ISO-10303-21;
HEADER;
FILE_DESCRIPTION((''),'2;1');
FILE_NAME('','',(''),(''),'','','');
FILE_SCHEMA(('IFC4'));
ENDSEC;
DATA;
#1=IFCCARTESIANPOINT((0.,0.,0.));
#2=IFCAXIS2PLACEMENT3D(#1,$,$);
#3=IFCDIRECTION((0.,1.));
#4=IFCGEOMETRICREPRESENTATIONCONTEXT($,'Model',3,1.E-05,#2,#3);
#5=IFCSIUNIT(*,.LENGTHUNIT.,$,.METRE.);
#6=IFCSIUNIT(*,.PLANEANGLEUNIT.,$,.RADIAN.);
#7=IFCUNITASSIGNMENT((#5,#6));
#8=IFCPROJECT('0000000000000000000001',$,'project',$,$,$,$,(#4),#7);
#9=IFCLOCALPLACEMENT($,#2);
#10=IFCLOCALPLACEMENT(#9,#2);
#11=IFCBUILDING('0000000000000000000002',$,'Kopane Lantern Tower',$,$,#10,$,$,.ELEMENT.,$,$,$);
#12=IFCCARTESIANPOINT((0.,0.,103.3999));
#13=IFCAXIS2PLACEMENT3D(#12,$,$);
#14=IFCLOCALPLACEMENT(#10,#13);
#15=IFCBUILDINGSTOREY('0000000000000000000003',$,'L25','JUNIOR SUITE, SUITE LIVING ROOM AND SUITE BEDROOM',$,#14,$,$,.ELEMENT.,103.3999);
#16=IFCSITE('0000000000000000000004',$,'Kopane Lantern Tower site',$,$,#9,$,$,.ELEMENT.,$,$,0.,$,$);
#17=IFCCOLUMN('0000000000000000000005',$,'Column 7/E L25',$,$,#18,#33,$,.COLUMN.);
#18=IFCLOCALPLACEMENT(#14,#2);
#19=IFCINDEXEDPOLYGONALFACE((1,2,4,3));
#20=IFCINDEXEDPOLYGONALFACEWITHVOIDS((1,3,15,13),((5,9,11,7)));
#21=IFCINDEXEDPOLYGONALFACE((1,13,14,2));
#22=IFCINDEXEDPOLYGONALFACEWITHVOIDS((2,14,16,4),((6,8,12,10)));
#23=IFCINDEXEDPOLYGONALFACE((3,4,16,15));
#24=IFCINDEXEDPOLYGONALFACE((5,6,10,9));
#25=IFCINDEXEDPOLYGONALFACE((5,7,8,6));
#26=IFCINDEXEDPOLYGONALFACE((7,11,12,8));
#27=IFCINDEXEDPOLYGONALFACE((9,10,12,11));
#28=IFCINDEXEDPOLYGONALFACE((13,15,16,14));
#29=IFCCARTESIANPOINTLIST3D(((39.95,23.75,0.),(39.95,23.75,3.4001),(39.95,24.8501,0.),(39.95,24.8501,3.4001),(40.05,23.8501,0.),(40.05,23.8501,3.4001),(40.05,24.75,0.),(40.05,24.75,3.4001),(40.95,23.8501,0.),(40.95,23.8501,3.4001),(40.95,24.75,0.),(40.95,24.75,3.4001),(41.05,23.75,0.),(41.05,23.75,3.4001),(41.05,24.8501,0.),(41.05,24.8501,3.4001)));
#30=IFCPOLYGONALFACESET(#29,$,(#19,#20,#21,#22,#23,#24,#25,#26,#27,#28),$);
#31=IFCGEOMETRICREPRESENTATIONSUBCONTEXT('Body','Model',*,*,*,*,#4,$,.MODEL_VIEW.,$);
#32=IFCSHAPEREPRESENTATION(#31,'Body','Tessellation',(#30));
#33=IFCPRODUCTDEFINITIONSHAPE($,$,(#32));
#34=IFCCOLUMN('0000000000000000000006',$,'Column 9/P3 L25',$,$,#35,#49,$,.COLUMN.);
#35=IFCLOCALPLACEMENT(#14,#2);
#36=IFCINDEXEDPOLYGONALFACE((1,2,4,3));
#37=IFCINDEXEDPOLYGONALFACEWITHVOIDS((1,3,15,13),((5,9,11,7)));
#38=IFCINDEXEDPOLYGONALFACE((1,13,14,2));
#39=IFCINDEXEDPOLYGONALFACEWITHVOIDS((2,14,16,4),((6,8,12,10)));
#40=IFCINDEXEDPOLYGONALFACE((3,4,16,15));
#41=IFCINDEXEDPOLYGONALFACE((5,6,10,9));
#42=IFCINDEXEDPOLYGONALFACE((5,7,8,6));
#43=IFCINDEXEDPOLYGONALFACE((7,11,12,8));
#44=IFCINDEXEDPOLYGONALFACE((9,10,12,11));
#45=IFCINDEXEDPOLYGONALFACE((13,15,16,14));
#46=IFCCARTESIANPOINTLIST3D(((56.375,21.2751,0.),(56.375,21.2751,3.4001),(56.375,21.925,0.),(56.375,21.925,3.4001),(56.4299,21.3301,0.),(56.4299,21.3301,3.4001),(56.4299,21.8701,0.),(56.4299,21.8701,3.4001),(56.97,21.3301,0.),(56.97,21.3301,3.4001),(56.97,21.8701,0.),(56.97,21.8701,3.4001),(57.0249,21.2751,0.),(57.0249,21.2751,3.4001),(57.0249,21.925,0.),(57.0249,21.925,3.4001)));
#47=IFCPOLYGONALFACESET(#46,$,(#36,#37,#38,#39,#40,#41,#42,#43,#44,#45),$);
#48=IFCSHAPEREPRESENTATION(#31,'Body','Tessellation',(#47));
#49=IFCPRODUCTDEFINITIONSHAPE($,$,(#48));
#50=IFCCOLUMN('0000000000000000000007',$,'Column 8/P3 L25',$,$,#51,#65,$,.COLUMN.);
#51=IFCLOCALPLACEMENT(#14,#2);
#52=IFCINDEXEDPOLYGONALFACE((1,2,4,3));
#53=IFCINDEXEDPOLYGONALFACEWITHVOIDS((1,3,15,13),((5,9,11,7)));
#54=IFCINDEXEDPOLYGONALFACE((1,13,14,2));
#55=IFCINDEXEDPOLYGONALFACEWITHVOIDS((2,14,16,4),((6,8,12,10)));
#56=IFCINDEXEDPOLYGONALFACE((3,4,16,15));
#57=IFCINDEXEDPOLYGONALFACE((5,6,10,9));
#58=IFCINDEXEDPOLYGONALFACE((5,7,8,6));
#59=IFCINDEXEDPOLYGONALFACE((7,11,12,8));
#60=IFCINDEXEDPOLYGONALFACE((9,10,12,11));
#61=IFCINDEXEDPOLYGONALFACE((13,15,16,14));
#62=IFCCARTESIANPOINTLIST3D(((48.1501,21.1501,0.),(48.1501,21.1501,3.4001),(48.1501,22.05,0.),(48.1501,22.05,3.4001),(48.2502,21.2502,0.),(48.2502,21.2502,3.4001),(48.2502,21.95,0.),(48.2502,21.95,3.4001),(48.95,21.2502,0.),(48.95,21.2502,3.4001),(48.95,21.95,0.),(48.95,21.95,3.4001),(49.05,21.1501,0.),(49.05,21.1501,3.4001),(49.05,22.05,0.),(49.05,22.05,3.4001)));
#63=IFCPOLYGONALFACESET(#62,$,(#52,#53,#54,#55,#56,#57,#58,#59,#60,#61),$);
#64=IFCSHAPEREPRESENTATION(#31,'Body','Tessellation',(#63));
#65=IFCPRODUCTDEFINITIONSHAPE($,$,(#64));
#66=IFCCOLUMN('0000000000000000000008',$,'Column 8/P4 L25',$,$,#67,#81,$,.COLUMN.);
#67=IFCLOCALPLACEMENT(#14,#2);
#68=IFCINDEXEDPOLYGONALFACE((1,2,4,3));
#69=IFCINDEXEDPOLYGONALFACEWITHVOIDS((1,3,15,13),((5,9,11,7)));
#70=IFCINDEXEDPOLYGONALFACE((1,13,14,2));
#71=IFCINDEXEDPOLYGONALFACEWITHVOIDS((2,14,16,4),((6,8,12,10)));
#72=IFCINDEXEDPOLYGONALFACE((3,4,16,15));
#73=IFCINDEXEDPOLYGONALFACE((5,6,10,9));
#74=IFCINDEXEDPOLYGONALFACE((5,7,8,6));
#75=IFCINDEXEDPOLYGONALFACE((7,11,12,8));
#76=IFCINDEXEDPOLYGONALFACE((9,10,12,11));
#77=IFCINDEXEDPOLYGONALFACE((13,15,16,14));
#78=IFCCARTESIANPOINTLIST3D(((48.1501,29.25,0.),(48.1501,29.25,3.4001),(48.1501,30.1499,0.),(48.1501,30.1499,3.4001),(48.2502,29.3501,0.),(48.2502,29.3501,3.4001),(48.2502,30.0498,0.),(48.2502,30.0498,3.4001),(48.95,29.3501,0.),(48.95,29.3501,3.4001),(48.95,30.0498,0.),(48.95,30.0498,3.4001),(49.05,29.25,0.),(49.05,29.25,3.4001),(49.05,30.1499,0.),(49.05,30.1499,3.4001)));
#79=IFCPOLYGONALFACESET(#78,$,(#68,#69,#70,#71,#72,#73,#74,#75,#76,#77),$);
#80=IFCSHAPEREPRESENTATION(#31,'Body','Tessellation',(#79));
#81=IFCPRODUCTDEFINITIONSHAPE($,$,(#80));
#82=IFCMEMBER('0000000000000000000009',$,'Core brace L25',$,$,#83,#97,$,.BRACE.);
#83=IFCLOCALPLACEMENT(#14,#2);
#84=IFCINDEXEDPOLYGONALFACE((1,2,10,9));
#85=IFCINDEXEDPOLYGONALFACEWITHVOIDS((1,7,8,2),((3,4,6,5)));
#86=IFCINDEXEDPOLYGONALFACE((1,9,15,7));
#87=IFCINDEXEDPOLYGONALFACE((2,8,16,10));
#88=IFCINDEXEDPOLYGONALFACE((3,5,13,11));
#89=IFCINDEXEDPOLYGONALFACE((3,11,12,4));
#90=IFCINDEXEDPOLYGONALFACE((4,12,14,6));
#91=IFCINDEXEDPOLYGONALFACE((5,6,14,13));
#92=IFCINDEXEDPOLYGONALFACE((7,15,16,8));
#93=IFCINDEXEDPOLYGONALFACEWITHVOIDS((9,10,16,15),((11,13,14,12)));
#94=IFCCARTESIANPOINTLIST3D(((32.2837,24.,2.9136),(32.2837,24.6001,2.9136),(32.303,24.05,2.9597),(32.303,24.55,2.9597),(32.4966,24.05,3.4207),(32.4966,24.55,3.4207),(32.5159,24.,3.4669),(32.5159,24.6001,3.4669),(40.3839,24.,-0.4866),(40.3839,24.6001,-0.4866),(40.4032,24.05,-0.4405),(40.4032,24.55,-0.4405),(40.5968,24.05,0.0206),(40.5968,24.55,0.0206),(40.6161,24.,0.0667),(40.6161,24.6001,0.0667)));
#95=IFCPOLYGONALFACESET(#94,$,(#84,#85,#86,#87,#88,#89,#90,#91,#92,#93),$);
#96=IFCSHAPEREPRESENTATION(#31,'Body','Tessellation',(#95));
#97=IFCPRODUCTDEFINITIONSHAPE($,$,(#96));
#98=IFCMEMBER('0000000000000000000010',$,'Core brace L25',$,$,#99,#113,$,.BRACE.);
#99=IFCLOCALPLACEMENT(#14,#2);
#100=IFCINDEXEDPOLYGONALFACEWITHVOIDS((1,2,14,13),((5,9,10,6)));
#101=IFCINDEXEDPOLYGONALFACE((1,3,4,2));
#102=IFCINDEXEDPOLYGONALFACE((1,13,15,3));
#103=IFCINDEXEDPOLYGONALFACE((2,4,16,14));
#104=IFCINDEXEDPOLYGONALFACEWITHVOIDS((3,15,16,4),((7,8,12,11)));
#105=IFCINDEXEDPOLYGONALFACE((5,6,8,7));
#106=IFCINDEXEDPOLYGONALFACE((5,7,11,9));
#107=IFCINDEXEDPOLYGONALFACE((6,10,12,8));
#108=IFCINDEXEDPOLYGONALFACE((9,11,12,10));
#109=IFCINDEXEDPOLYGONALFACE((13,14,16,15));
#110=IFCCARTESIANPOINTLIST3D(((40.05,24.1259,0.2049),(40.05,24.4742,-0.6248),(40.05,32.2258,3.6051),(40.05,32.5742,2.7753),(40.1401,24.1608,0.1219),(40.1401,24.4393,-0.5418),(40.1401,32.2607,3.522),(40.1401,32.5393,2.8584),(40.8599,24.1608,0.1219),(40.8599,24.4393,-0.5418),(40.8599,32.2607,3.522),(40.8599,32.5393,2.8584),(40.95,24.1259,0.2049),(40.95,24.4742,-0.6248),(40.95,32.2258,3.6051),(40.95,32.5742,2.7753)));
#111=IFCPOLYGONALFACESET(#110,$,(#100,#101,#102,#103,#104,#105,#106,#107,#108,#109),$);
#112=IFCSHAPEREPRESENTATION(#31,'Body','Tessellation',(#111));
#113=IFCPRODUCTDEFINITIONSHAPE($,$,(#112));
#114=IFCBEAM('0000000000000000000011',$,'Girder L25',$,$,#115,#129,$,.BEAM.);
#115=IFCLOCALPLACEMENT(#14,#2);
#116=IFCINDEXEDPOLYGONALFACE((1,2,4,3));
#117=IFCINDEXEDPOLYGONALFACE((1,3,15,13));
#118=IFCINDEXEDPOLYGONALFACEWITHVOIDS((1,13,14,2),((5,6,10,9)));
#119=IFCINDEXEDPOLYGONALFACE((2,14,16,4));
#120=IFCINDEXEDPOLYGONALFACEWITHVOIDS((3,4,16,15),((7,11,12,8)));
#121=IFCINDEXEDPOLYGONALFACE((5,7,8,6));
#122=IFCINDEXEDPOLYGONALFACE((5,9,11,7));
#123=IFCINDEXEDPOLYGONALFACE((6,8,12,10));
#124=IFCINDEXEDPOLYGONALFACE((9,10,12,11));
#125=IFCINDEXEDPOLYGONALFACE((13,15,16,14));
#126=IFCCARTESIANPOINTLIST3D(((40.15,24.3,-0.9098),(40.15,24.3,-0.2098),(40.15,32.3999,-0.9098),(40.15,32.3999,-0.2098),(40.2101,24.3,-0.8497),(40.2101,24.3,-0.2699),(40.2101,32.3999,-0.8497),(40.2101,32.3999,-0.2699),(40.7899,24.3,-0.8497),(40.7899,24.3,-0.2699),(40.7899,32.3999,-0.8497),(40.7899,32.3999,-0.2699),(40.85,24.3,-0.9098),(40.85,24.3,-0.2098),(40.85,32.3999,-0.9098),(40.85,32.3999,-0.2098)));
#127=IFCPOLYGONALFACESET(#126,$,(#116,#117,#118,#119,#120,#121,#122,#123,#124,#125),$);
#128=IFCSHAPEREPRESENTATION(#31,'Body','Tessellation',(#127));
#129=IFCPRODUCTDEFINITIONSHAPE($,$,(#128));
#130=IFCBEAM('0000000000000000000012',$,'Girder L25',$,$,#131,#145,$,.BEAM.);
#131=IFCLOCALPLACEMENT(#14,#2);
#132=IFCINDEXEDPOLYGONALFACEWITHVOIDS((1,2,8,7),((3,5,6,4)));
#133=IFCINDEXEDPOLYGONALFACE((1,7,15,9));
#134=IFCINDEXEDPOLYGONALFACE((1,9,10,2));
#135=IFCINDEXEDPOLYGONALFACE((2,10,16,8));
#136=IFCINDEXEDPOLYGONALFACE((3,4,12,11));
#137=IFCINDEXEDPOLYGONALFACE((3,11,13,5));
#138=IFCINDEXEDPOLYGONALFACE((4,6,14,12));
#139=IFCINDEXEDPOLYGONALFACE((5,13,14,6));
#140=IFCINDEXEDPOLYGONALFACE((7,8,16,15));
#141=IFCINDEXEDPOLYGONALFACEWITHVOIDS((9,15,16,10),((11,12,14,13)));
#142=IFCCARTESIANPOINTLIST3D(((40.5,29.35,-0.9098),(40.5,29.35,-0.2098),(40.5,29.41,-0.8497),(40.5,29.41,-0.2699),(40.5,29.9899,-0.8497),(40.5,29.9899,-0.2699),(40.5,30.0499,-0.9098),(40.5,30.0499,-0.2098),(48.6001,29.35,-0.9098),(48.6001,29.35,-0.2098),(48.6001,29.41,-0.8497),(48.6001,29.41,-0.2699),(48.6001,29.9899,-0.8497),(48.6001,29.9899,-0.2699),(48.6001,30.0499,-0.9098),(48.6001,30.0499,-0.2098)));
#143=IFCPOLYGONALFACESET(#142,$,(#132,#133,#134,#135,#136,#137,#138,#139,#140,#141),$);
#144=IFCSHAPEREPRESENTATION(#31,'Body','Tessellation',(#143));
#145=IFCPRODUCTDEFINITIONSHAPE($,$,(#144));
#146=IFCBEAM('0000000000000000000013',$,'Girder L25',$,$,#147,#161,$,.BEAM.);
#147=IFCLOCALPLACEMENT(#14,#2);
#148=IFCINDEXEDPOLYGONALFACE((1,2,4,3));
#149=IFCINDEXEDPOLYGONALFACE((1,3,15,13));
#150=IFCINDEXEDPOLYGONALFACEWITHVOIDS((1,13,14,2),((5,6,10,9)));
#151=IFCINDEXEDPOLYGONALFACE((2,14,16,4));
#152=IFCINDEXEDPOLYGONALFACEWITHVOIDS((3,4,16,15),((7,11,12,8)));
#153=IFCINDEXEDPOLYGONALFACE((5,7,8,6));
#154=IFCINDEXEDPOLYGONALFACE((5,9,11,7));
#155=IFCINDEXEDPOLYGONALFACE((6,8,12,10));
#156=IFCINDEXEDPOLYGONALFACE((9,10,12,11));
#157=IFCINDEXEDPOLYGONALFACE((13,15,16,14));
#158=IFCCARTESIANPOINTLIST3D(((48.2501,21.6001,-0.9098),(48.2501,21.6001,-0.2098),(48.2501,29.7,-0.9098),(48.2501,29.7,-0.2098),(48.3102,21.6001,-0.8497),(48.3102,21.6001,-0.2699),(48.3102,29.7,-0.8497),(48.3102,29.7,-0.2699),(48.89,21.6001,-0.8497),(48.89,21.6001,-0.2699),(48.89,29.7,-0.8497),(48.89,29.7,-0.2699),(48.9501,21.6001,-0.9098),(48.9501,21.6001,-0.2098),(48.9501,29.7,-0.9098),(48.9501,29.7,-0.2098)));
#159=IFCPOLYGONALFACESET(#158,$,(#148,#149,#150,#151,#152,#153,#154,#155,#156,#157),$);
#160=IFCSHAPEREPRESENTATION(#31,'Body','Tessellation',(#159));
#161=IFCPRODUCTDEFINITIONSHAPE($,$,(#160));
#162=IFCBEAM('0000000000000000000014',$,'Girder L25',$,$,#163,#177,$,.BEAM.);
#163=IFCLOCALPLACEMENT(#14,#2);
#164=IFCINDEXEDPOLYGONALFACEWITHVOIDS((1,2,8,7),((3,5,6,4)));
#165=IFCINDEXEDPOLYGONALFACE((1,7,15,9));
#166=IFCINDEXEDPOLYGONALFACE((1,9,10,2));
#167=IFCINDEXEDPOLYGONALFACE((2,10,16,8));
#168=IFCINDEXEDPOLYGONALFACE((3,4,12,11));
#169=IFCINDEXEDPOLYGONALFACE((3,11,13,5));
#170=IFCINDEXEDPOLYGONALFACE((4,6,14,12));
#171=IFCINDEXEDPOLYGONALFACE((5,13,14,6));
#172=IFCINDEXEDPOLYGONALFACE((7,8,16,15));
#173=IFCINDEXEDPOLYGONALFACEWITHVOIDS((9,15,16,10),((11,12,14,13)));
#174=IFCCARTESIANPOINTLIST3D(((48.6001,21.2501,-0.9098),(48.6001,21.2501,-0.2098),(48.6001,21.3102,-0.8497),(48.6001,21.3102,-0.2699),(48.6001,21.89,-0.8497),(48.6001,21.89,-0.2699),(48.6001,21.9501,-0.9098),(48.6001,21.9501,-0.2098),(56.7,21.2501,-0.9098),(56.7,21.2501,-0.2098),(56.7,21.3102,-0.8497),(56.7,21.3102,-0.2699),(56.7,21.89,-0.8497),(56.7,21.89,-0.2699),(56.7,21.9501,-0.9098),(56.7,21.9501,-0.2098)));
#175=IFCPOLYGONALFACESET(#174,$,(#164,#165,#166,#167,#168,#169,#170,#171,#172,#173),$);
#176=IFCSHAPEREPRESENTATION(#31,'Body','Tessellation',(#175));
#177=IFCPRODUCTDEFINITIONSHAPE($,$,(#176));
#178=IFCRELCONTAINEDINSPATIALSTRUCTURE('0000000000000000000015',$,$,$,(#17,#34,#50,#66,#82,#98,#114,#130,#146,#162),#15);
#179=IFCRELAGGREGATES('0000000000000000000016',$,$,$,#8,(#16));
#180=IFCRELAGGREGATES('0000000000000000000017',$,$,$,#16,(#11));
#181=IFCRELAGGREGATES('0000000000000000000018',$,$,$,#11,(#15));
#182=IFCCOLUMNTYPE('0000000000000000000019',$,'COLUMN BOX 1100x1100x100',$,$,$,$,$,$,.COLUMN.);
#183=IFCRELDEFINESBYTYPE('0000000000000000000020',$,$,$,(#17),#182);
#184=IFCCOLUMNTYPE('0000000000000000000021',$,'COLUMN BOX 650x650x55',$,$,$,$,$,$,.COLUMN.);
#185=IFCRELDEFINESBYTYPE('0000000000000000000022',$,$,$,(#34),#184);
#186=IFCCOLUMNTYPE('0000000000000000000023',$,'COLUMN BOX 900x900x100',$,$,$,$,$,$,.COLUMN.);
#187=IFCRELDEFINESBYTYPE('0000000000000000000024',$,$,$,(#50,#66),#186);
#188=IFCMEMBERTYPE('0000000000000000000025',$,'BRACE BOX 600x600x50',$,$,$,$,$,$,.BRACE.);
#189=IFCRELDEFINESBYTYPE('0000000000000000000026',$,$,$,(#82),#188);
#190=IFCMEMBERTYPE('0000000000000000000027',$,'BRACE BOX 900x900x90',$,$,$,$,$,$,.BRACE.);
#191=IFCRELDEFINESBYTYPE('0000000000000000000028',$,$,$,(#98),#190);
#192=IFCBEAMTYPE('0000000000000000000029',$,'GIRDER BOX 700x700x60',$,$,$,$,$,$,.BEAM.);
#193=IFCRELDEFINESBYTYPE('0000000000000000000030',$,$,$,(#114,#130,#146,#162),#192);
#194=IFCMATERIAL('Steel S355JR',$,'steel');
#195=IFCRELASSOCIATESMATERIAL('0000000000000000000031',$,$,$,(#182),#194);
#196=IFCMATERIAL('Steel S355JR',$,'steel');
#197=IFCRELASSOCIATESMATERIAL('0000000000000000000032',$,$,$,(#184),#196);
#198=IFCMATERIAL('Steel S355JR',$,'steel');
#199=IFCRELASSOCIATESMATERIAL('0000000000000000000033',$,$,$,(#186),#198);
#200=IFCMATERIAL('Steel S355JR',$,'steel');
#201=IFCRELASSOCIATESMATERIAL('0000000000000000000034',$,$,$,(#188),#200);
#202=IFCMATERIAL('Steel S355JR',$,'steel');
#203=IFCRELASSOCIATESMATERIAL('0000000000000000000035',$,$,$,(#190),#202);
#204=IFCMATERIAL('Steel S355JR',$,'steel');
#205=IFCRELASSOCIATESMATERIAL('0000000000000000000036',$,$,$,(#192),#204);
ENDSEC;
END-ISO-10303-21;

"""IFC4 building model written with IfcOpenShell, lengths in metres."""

from ifc_helpers import new_model, si_unit, direction, frame, origin, origin_2d, place, context, subcontext, project, spatial, hollow_rectangle, extrude, material, material_profile, profile_set, type_object, element, save


model = new_model("IFC4")

# Units and contexts
model_context = context("Model", 3, precision=1e-05, world=origin(), true_north=direction((0.0, 1.0)))
body_context = subcontext(model_context, "Body", "Model", "MODEL_VIEW")
ifc_project = project(units=[si_unit("LENGTHUNIT", "METRE"), si_unit("PLANEANGLEUNIT", "RADIAN")], contexts=[model_context])

# Site, building, storey
site_placement = place(None, origin())
site = spatial("IfcSite", under=ifc_project, at=site_placement, Name="Kopane Lantern Tower site", CompositionType="ELEMENT", RefElevation=0.0)
building_placement = place(site_placement, origin())
building = spatial("IfcBuilding", under=site, at=building_placement, Name="Kopane Lantern Tower", CompositionType="ELEMENT")
storey_placement = place(building_placement, frame((0.0, 0.0, 103.3999)))
storey = spatial("IfcBuildingStorey", under=building, at=storey_placement, Name="L25", Description="JUNIOR SUITE, SUITE LIVING ROOM AND SUITE BEDROOM", CompositionType="ELEMENT", Elevation=103.3999)

# Columns
ifc_material_1 = material(Name="Steel S355JR", Category="steel")
ifc_material_profile_1 = material_profile(ifc_material_1, hollow_rectangle(XDim=1.1001, YDim=1.1001, WallThickness=0.1001, at=origin_2d()), Name="BOX 1100x1100x100")
ifc_profile_set_1 = profile_set([ifc_material_profile_1], Name="Steel S355JR")
column_type_1 = type_object("IfcColumnType", Name="COLUMN BOX 1100x1100x100", PredefinedType="COLUMN", material=ifc_profile_set_1)
column_1_placement = place(storey_placement, frame((40.5, 24.3, 0.0), z_axis=(0.0, 0.0, 1.0), x_axis=(1.0, 0.0, 0.0)))
element("IfcColumn", 1, at=column_1_placement, inside=storey, type_object=column_type_1, Name="Column 7/E L25", PredefinedType="COLUMN", context=body_context, shape_type="SweptSolid", body=[
    extrude(hollow_rectangle(XDim=1.1001, YDim=1.1001, WallThickness=0.1001, at=origin_2d()), origin(), (0.0, 0.0, 1.0), 3.4001),
])
ifc_material_2 = material(Name="Steel S355JR", Category="steel")
ifc_material_profile_2 = material_profile(ifc_material_2, hollow_rectangle(XDim=0.6499, YDim=0.6499, WallThickness=0.0549, at=origin_2d()), Name="BOX 650x650x55")
ifc_profile_set_2 = profile_set([ifc_material_profile_2], Name="Steel S355JR")
column_type_2 = type_object("IfcColumnType", Name="COLUMN BOX 650x650x55", PredefinedType="COLUMN", material=ifc_profile_set_2)
column_2_placement = place(storey_placement, frame((56.7, 21.6001, 0.0), z_axis=(0.0, 0.0, 1.0), x_axis=(1.0, 0.0, 0.0)))
element("IfcColumn", 2, at=column_2_placement, inside=storey, type_object=column_type_2, Name="Column 9/P3 L25", PredefinedType="COLUMN", context=body_context, shape_type="SweptSolid", body=[
    extrude(hollow_rectangle(XDim=0.6499, YDim=0.6499, WallThickness=0.0549, at=origin_2d()), origin(), (0.0, 0.0, 1.0), 3.4001),
])
ifc_material_3 = material(Name="Steel S355JR", Category="steel")
ifc_material_profile_3 = material_profile(ifc_material_3, hollow_rectangle(XDim=0.8999, YDim=0.8999, WallThickness=0.1001, at=origin_2d()), Name="BOX 900x900x100")
ifc_profile_set_3 = profile_set([ifc_material_profile_3], Name="Steel S355JR")
column_type_3 = type_object("IfcColumnType", Name="COLUMN BOX 900x900x100", PredefinedType="COLUMN", material=ifc_profile_set_3)
for number, where, z_axis, x_axis, name in (
    (3, (48.6001, 21.6001, 0.0), (0.0, 0.0, 1.0), (1.0, 0.0, 0.0), "Column 8/P3 L25"),
    (4, (48.6001, 29.7, 0.0), (0.0, 0.0, 1.0), (1.0, 0.0, 0.0), "Column 8/P4 L25"),
):
    element("IfcColumn", number, at=place(storey_placement, frame(where, z_axis=z_axis, x_axis=x_axis)), inside=storey, type_object=column_type_3, Name=name, PredefinedType="COLUMN", context=body_context, shape_type="SweptSolid", body=[
        extrude(hollow_rectangle(XDim=0.8999, YDim=0.8999, WallThickness=0.1001, at=origin_2d()), origin(), (0.0, 0.0, 1.0), 3.4001),
    ])

# Members
ifc_material_4 = material(Name="Steel S355JR", Category="steel")
ifc_material_profile_4 = material_profile(ifc_material_4, hollow_rectangle(XDim=0.6001, YDim=0.6001, WallThickness=0.05, at=origin_2d()), Name="BOX 600x600x50")
ifc_profile_set_4 = profile_set([ifc_material_profile_4], Name="Steel S355JR")
member_type_1 = type_object("IfcMemberType", Name="BRACE BOX 600x600x50", PredefinedType="BRACE", material=ifc_profile_set_4)
member_1_placement = place(storey_placement, frame((40.5, 24.3, -0.21), z_axis=(-0.922059, 0.0, 0.387049), x_axis=(0.0, -1.0, 0.0)))
element("IfcMember", 5, at=member_1_placement, inside=storey, type_object=member_type_1, Name="Core brace L25", PredefinedType="BRACE", context=body_context, shape_type="SweptSolid", body=[
    extrude(hollow_rectangle(XDim=0.6001, YDim=0.6001, WallThickness=0.05, at=origin_2d()), origin(), (0.0, 0.0, 1.0), 8.7849),
])
ifc_material_5 = material(Name="Steel S355JR", Category="steel")
ifc_material_profile_5 = material_profile(ifc_material_5, hollow_rectangle(XDim=0.8999, YDim=0.8999, WallThickness=0.0901, at=origin_2d()), Name="BOX 900x900x90")
ifc_profile_set_5 = profile_set([ifc_material_profile_5], Name="Steel S355JR")
member_type_2 = type_object("IfcMemberType", Name="BRACE BOX 900x900x90", PredefinedType="BRACE", material=ifc_profile_set_5)
member_2_placement = place(storey_placement, frame((40.5, 24.3, -0.21), z_axis=(0.0, 0.922055, 0.387059), x_axis=(-1.0, 0.0, 0.0)))
element("IfcMember", 6, at=member_2_placement, inside=storey, type_object=member_type_2, Name="Core brace L25", PredefinedType="BRACE", context=body_context, shape_type="SweptSolid", body=[
    extrude(hollow_rectangle(XDim=0.8999, YDim=0.8999, WallThickness=0.0901, at=origin_2d()), origin(), (0.0, 0.0, 1.0), 8.7847),
])

# Beams
ifc_material_6 = material(Name="Steel S355JR", Category="steel")
ifc_material_profile_6 = material_profile(ifc_material_6, hollow_rectangle(XDim=0.7, YDim=0.7, WallThickness=0.0601, at=origin_2d()), Name="BOX 700x700x60")
ifc_profile_set_6 = profile_set([ifc_material_profile_6], Name="Steel S355JR")
beam_type = type_object("IfcBeamType", Name="GIRDER BOX 700x700x60", PredefinedType="BEAM", material=ifc_profile_set_6)
beam_1_placement = place(storey_placement, frame((40.5, 24.3, -0.5598), z_axis=(0.0, 1.0, 0.0), x_axis=(-1.0, 0.0, 0.0)))
element("IfcBeam", 7, at=beam_1_placement, inside=storey, type_object=beam_type, Name="Girder L25", PredefinedType="BEAM", context=body_context, shape_type="SweptSolid", body=[
    extrude(hollow_rectangle(XDim=0.7, YDim=0.7, WallThickness=0.0601, at=origin_2d()), origin(), (0.0, 0.0, 1.0), 8.0999),
])
beam_2_placement = place(storey_placement, frame((40.5, 29.7, -0.5598), z_axis=(1.0, 0.0, 0.0), x_axis=(0.0, 1.0, 0.0)))
element("IfcBeam", 8, at=beam_2_placement, inside=storey, type_object=beam_type, Name="Girder L25", PredefinedType="BEAM", context=body_context, shape_type="SweptSolid", body=[
    extrude(hollow_rectangle(XDim=0.7, YDim=0.7, WallThickness=0.0601, at=origin_2d()), origin(), (0.0, 0.0, 1.0), 8.1001),
])
for number, where, z_axis, x_axis, name in (
    (9, (48.6001, 21.6001, -0.5598), (0.0, 1.0, 0.0), (-1.0, 0.0, 0.0), "Girder L25"),
    (10, (48.6001, 21.6001, -0.5598), (1.0, 0.0, 0.0), (0.0, 1.0, 0.0), "Girder L25"),
):
    element("IfcBeam", number, at=place(storey_placement, frame(where, z_axis=z_axis, x_axis=x_axis)), inside=storey, type_object=beam_type, Name=name, PredefinedType="BEAM", context=body_context, shape_type="SweptSolid", body=[
        extrude(hollow_rectangle(XDim=0.7, YDim=0.7, WallThickness=0.0601, at=origin_2d()), origin(), (0.0, 0.0, 1.0), 8.0999),
    ])

save(model, "model.ifc")
